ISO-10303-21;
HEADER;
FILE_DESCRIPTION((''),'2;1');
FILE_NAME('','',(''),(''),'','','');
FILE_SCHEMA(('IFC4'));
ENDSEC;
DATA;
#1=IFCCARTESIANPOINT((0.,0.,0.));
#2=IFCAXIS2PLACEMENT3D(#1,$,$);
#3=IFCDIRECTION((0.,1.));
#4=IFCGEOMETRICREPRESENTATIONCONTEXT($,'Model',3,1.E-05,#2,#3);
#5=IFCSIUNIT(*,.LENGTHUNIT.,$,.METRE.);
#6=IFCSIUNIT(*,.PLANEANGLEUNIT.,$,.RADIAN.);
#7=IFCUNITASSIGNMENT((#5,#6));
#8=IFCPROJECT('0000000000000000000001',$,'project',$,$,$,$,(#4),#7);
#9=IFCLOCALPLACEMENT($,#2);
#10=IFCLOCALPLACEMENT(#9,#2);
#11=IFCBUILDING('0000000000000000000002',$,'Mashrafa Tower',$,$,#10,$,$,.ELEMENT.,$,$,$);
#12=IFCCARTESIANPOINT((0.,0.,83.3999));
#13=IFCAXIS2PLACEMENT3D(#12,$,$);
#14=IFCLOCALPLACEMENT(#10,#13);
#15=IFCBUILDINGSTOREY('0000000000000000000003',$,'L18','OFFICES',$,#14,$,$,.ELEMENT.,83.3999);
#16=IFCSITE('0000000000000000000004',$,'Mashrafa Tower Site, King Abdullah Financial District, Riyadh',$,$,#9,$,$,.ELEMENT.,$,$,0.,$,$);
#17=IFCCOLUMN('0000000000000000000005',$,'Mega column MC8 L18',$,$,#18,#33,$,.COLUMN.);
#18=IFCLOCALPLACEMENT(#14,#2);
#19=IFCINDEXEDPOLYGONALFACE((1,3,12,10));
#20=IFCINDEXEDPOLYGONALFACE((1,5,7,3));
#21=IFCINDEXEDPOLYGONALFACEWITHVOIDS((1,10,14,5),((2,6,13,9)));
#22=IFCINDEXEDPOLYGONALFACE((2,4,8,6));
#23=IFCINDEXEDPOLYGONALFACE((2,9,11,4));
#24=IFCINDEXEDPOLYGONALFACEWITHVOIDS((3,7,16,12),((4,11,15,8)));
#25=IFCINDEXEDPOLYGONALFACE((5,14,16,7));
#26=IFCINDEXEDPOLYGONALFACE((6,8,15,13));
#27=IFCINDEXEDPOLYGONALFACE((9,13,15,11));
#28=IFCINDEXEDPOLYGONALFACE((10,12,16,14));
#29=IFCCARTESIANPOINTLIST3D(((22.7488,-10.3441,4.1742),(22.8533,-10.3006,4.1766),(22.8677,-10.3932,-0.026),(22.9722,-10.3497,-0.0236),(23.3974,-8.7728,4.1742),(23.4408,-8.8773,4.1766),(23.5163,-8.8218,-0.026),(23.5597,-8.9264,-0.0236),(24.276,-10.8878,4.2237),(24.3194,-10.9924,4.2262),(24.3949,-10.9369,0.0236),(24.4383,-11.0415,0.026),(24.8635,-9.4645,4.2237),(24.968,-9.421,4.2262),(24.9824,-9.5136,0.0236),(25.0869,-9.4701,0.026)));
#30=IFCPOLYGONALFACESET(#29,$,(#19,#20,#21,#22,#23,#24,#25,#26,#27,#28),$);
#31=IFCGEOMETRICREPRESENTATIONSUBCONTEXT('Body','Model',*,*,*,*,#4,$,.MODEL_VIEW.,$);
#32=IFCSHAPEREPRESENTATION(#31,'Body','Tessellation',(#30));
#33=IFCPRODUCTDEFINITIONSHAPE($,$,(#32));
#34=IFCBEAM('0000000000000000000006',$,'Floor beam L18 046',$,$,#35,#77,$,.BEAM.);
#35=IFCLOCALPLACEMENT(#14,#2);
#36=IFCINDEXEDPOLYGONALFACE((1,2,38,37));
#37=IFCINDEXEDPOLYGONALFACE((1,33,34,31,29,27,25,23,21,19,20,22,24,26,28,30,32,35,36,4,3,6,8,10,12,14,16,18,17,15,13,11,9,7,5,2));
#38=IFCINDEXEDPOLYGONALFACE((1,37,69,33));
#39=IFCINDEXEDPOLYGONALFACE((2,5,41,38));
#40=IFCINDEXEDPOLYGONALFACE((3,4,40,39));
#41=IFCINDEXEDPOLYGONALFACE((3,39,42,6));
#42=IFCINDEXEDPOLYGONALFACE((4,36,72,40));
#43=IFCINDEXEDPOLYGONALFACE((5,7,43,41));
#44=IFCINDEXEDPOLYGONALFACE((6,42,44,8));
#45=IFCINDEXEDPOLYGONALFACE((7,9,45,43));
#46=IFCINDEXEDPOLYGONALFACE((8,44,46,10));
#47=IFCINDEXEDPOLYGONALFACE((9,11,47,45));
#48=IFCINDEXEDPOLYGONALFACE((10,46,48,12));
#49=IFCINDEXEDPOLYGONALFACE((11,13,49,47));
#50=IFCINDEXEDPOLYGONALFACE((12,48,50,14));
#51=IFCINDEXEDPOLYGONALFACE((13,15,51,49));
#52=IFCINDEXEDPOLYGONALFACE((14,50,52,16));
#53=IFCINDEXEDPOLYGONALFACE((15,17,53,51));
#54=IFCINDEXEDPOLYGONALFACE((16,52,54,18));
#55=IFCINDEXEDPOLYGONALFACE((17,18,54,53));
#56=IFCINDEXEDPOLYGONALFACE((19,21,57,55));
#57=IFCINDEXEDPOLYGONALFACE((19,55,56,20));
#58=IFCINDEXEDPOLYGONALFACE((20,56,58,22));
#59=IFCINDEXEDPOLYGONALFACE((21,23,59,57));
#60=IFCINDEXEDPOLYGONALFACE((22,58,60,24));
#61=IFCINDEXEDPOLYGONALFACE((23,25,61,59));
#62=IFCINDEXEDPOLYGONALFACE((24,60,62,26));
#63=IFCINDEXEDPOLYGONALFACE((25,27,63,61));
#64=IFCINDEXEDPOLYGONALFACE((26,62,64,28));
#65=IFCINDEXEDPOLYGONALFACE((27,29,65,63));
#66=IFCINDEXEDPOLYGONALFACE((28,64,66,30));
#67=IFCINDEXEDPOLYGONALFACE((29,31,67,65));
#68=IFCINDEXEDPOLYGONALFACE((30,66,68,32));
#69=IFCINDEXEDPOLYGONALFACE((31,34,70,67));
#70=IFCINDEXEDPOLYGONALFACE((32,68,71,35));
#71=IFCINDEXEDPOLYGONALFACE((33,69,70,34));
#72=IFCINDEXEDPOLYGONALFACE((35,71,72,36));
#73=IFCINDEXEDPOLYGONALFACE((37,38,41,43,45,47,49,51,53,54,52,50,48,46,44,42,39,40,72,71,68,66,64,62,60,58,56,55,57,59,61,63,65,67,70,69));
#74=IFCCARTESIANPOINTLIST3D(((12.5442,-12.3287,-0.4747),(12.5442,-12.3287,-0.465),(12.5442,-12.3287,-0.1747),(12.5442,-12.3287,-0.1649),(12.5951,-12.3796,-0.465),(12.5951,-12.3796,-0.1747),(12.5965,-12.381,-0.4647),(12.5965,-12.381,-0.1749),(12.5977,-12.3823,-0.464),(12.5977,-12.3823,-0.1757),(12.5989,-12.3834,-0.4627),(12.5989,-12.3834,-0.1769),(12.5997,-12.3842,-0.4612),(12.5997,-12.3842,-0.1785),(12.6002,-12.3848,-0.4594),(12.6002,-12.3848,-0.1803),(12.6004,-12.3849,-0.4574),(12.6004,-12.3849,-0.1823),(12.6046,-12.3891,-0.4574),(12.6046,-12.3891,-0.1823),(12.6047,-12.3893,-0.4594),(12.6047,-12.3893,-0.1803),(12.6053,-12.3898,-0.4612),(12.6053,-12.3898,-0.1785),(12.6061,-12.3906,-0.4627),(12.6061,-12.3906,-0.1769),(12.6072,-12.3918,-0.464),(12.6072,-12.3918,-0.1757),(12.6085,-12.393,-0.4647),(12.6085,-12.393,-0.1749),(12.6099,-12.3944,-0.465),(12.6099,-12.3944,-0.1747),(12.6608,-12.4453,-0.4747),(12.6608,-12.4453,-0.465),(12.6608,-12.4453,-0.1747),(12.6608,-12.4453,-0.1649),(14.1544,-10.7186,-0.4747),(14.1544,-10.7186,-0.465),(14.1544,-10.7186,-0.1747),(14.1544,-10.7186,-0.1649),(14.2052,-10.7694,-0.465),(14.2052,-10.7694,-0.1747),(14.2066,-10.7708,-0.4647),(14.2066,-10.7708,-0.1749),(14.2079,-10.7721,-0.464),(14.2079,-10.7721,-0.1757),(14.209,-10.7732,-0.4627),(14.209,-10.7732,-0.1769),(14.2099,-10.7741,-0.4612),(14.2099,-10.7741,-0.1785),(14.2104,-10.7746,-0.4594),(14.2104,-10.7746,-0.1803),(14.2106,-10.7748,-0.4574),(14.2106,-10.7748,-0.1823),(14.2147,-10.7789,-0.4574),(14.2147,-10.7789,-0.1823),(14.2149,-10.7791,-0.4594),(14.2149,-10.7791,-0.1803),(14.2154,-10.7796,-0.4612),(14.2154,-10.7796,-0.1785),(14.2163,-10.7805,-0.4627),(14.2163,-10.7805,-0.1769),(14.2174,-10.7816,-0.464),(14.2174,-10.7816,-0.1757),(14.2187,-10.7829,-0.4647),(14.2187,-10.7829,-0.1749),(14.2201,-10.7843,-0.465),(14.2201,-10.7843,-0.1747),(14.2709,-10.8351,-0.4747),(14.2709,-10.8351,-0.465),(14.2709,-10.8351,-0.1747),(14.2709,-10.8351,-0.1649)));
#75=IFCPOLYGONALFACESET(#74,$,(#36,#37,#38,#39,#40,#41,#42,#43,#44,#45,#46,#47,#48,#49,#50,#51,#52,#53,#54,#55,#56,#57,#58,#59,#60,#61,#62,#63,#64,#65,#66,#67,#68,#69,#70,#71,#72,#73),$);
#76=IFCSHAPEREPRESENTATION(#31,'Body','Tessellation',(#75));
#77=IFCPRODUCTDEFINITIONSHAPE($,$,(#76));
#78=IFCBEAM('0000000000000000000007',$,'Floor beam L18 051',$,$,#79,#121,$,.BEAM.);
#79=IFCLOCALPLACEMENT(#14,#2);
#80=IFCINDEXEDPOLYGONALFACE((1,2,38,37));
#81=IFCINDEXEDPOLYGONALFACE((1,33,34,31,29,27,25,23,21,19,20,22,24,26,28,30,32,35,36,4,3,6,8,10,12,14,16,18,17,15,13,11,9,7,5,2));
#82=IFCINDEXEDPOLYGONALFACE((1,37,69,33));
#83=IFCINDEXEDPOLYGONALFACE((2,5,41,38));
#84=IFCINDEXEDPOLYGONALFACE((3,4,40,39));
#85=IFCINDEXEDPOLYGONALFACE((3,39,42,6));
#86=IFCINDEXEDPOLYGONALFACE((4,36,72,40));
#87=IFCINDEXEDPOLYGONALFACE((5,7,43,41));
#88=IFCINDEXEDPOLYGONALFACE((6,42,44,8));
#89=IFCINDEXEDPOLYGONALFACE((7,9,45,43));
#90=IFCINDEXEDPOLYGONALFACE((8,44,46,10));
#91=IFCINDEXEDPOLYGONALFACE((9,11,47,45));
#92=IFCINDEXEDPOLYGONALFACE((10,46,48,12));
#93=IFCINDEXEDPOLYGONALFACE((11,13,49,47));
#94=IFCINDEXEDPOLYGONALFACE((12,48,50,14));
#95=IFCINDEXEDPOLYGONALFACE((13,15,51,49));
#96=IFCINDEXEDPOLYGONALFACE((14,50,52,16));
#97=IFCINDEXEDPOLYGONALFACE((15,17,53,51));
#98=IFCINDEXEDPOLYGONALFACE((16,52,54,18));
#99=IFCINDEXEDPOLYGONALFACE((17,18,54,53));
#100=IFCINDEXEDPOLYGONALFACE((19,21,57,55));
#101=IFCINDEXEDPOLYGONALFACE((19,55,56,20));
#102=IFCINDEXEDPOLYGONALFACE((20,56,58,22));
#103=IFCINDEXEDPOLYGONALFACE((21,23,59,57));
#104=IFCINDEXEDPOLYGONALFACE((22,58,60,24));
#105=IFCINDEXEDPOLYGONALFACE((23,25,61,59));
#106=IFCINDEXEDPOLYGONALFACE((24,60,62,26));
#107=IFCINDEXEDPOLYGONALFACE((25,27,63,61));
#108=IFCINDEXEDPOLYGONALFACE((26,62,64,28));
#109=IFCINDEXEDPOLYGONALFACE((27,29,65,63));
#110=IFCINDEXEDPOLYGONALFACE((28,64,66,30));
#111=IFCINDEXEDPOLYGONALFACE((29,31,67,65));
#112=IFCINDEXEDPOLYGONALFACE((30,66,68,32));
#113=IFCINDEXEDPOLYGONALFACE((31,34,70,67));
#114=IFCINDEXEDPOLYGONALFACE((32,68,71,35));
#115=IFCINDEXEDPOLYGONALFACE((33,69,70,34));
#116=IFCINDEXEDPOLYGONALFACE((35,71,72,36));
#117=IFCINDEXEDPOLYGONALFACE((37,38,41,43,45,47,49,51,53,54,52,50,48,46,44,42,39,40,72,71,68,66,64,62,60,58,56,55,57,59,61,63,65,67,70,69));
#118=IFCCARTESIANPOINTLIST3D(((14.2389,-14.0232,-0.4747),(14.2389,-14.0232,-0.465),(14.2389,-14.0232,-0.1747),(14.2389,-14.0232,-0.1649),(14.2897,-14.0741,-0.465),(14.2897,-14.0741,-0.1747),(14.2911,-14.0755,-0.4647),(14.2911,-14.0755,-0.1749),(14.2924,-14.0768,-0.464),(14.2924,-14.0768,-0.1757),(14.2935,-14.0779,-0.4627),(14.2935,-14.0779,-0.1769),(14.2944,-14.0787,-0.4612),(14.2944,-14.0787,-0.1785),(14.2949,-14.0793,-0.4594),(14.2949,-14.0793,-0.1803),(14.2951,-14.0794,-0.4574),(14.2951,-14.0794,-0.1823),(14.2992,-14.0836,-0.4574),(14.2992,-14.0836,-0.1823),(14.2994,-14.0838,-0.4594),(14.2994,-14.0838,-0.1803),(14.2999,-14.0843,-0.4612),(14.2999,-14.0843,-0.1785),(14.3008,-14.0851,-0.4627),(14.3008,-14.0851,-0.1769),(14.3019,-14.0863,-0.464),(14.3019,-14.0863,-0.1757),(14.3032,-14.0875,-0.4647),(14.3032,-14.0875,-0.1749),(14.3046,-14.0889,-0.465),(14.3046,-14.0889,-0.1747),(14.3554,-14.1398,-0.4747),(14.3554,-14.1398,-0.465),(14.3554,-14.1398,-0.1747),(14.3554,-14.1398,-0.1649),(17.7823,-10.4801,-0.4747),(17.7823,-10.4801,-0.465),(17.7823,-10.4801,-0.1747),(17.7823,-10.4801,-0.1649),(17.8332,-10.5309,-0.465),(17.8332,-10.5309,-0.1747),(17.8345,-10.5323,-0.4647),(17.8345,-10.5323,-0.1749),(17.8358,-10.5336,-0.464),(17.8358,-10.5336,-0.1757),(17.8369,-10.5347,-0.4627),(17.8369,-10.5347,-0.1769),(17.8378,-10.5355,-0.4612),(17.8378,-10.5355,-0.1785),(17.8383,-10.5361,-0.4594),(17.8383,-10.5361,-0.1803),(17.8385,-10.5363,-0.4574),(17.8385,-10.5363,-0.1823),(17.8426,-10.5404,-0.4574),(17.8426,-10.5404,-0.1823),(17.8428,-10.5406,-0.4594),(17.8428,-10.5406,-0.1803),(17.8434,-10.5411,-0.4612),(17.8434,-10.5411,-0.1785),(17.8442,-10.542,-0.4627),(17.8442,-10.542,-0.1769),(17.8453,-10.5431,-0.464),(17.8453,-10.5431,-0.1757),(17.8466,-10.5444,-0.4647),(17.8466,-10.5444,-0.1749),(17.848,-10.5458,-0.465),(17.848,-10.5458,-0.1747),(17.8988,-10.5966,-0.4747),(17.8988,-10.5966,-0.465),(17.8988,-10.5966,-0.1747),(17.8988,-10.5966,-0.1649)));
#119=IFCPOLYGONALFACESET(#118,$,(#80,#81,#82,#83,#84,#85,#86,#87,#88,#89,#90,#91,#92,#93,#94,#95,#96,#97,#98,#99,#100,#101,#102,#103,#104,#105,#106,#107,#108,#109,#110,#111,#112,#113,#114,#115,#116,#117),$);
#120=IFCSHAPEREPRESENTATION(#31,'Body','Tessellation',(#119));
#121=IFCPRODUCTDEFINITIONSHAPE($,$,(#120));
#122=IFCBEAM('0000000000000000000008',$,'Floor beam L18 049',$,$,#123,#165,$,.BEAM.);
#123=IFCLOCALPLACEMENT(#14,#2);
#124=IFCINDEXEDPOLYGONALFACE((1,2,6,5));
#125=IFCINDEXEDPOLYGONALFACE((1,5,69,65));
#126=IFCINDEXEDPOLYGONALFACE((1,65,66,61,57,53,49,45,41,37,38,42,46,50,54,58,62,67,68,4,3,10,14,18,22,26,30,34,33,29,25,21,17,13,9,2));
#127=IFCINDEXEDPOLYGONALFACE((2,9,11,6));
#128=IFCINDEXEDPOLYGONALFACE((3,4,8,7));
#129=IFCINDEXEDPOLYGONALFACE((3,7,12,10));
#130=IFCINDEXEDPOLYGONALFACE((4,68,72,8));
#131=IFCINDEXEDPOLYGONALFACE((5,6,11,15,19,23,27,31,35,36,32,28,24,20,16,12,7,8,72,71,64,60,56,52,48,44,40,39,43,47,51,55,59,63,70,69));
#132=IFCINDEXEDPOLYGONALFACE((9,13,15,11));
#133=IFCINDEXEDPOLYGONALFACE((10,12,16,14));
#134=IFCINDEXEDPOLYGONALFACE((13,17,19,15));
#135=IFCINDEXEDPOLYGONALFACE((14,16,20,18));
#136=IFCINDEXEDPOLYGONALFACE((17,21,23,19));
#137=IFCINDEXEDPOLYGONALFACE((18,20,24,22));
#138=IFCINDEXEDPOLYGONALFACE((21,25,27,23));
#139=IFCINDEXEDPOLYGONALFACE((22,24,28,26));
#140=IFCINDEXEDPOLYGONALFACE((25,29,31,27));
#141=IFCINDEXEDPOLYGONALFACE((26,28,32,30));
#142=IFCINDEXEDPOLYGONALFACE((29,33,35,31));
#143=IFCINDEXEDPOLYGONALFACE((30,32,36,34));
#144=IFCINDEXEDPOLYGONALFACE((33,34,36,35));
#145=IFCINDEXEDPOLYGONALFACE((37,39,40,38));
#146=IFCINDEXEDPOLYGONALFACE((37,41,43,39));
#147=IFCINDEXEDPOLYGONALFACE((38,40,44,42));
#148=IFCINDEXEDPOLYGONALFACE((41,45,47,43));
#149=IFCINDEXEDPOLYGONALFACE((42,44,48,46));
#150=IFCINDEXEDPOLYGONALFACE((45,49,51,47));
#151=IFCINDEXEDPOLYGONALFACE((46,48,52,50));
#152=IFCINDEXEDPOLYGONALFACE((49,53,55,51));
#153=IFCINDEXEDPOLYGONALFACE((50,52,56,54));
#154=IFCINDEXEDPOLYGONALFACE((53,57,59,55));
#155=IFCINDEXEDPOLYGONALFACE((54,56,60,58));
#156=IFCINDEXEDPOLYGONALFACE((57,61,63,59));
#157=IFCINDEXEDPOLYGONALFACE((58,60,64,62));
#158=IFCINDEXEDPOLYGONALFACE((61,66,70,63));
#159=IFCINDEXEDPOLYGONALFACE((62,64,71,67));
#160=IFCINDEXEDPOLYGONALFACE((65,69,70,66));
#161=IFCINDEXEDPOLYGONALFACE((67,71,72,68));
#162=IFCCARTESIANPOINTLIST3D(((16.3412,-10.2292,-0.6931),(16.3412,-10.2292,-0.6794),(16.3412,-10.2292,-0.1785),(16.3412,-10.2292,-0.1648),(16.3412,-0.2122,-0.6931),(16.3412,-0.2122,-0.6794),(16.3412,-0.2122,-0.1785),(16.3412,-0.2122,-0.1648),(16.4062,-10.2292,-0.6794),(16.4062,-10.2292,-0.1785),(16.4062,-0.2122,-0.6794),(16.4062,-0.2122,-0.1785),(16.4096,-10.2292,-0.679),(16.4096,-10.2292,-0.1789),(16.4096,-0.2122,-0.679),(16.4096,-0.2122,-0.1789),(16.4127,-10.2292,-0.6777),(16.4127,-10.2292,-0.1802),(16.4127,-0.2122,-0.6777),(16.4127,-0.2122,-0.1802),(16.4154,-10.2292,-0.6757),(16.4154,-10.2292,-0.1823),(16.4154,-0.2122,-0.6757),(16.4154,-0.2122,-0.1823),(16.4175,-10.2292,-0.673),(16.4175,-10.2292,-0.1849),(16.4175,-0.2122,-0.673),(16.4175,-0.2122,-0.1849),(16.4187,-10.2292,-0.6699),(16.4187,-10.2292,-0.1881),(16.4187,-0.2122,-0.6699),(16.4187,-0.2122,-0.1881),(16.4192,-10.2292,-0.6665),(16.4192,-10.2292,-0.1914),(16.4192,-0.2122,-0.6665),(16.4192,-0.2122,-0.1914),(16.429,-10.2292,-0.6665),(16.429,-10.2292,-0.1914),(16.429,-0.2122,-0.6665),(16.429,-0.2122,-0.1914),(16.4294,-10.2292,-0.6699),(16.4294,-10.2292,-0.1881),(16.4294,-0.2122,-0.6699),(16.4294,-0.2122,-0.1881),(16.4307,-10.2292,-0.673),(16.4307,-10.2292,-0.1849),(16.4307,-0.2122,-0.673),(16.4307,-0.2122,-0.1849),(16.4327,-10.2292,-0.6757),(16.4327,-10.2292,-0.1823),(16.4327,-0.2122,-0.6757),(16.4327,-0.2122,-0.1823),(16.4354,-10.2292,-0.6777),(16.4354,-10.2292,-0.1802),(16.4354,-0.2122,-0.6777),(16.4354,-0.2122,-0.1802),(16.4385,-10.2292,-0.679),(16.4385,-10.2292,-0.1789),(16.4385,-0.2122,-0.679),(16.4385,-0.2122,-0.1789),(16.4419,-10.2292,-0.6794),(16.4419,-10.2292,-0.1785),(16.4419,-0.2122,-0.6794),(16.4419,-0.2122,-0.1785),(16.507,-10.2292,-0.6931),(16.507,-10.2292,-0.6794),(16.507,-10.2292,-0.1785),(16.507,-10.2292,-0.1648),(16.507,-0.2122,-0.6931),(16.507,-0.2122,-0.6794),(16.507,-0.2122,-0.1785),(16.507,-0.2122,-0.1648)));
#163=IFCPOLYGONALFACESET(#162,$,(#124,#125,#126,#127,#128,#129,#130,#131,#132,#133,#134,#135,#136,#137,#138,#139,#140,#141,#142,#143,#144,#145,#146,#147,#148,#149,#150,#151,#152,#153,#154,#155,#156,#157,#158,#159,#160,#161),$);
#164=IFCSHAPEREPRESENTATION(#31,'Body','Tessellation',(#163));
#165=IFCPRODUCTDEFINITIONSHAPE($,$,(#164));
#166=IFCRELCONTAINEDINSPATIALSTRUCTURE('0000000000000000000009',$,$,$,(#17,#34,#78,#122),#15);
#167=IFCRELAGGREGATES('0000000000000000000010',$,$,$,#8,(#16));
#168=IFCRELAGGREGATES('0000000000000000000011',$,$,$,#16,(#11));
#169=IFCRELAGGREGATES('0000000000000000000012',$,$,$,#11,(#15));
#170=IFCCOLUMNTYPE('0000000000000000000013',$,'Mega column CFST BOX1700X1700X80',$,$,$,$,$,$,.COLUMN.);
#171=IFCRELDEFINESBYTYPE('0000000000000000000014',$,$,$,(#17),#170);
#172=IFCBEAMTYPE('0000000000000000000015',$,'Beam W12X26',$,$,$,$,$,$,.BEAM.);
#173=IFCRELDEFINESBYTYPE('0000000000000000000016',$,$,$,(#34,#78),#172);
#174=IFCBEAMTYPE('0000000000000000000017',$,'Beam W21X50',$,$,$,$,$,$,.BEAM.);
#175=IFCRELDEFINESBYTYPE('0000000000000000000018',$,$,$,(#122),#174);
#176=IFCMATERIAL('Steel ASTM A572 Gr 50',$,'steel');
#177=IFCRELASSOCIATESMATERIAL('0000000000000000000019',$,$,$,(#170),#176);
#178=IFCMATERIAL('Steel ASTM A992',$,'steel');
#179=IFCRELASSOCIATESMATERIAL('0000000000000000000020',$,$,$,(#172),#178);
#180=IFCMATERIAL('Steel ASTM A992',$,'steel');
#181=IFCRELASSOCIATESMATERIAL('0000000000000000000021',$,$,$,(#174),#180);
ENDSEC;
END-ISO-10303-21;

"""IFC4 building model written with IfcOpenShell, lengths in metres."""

from ifc_helpers import new_model, si_unit, direction, frame, origin, origin_2d, place, context, subcontext, project, spatial, hollow_rectangle, i_section, extrude, material, material_profile, profile_set, type_object, element, save


model = new_model("IFC4")

# Units and contexts
model_context = context("Model", 3, precision=1e-05, world=origin(), true_north=direction((0.0, 1.0)))
body_context = subcontext(model_context, "Body", "Model", "MODEL_VIEW")
ifc_project = project(units=[si_unit("LENGTHUNIT", "METRE"), si_unit("PLANEANGLEUNIT", "RADIAN")], contexts=[model_context])

# Site, building, storey
site_placement = place(None, origin())
site = spatial("IfcSite", under=ifc_project, at=site_placement, Name="Mashrafa Tower Site, King Abdullah Financial District, Riyadh", CompositionType="ELEMENT", RefElevation=0.0)
building_placement = place(site_placement, origin())
building = spatial("IfcBuilding", under=site, at=building_placement, Name="Mashrafa Tower", CompositionType="ELEMENT")
storey_placement = place(building_placement, frame((0.0, 0.0, 83.3999)))
storey = spatial("IfcBuildingStorey", under=building, at=storey_placement, Name="L18", Description="OFFICES", CompositionType="ELEMENT", Elevation=83.3999)

# Column
ifc_material_1 = material(Name="Steel ASTM A572 Gr 50", Category="steel")
ifc_material_profile_1 = material_profile(ifc_material_1, hollow_rectangle(XDim=1.7, YDim=1.7, WallThickness=0.0801, at=origin_2d()), Name="BOX1700X1700X80")
ifc_profile_set_1 = profile_set([ifc_material_profile_1], Name="Steel ASTM A572 Gr 50")
column_type = type_object("IfcColumnType", Name="Mega column CFST BOX1700X1700X80", PredefinedType="COLUMN", material=ifc_profile_set_1)
column_placement = place(storey_placement, frame((23.9773, -9.9316, 0.0), z_axis=(-0.028294, 0.011678, 0.999531), x_axis=(-0.381513, -0.924363, 0.0)))
element("IfcColumn", 1, at=column_placement, inside=storey, type_object=column_type, Name="Mega column MC8 L18", PredefinedType="COLUMN", context=body_context, shape_type="SweptSolid", body=[
    extrude(hollow_rectangle(XDim=1.7, YDim=1.7, WallThickness=0.0801, at=origin_2d()), origin(), (0.0, 0.0, 1.0), 4.2021),
])

# Beams
ifc_material_2 = material(Name="Steel ASTM A992", Category="steel")
ifc_material_profile_2 = material_profile(ifc_material_2, i_section(OverallWidth=0.1648, OverallDepth=0.3098, WebThickness=0.0059, FlangeThickness=0.0098, FilletRadius=0.0076, at=origin_2d()), Name="W12X26")
ifc_profile_set_2 = profile_set([ifc_material_profile_2], Name="Steel ASTM A992")
beam_type_1 = type_object("IfcBeamType", Name="Beam W12X26", PredefinedType="BEAM", material=ifc_profile_set_2)
beam_1_placement = place(storey_placement, frame((14.2126, -10.7769, -0.3198), z_axis=(-0.707107, -0.707107, 0.0), x_axis=(0.707107, -0.707107, 0.0)))
element("IfcBeam", 2, at=beam_1_placement, inside=storey, type_object=beam_type_1, Name="Floor beam L18 046", PredefinedType="BEAM", context=body_context, shape_type="SweptSolid", body=[
    extrude(i_section(OverallWidth=0.1648, OverallDepth=0.3098, WebThickness=0.0059, FlangeThickness=0.0098, FilletRadius=0.0076, at=origin_2d()), origin(), (0.0, 0.0, 1.0), 2.2771),
])
beam_2_placement = place(storey_placement, frame((17.8406, -10.5383, -0.3198), z_axis=(-0.707131, -0.707082, 0.0), x_axis=(0.707082, -0.707131, 0.0)))
element("IfcBeam", 3, at=beam_2_placement, inside=storey, type_object=beam_type_1, Name="Floor beam L18 051", PredefinedType="BEAM", context=body_context, shape_type="SweptSolid", body=[
    extrude(i_section(OverallWidth=0.1648, OverallDepth=0.3098, WebThickness=0.0059, FlangeThickness=0.0098, FilletRadius=0.0076, at=origin_2d()), origin(), (0.0, 0.0, 1.0), 5.011),
])
ifc_material_3 = material(Name="Steel ASTM A992", Category="steel")
ifc_material_profile_3 = material_profile(ifc_material_3, i_section(OverallWidth=0.1658, OverallDepth=0.5283, WebThickness=0.0098, FlangeThickness=0.0137, FilletRadius=0.0129, at=origin_2d()), Name="W21X50")
ifc_profile_set_3 = profile_set([ifc_material_profile_3], Name="Steel ASTM A992")
beam_type_2 = type_object("IfcBeamType", Name="Beam W21X50", PredefinedType="BEAM", material=ifc_profile_set_3)
beam_3_placement = place(storey_placement, frame((16.4241, -0.2122, -0.429), z_axis=(0.0, -1.0, 0.0), x_axis=(1.0, 0.0, 0.0)))
element("IfcBeam", 4, at=beam_3_placement, inside=storey, type_object=beam_type_2, Name="Floor beam L18 049", PredefinedType="BEAM", context=body_context, shape_type="SweptSolid", body=[
    extrude(i_section(OverallWidth=0.1658, OverallDepth=0.5283, WebThickness=0.0098, FlangeThickness=0.0137, FilletRadius=0.0129, at=origin_2d()), origin(), (0.0, 0.0, 1.0), 10.0171),
])

save(model, "model.ifc")
